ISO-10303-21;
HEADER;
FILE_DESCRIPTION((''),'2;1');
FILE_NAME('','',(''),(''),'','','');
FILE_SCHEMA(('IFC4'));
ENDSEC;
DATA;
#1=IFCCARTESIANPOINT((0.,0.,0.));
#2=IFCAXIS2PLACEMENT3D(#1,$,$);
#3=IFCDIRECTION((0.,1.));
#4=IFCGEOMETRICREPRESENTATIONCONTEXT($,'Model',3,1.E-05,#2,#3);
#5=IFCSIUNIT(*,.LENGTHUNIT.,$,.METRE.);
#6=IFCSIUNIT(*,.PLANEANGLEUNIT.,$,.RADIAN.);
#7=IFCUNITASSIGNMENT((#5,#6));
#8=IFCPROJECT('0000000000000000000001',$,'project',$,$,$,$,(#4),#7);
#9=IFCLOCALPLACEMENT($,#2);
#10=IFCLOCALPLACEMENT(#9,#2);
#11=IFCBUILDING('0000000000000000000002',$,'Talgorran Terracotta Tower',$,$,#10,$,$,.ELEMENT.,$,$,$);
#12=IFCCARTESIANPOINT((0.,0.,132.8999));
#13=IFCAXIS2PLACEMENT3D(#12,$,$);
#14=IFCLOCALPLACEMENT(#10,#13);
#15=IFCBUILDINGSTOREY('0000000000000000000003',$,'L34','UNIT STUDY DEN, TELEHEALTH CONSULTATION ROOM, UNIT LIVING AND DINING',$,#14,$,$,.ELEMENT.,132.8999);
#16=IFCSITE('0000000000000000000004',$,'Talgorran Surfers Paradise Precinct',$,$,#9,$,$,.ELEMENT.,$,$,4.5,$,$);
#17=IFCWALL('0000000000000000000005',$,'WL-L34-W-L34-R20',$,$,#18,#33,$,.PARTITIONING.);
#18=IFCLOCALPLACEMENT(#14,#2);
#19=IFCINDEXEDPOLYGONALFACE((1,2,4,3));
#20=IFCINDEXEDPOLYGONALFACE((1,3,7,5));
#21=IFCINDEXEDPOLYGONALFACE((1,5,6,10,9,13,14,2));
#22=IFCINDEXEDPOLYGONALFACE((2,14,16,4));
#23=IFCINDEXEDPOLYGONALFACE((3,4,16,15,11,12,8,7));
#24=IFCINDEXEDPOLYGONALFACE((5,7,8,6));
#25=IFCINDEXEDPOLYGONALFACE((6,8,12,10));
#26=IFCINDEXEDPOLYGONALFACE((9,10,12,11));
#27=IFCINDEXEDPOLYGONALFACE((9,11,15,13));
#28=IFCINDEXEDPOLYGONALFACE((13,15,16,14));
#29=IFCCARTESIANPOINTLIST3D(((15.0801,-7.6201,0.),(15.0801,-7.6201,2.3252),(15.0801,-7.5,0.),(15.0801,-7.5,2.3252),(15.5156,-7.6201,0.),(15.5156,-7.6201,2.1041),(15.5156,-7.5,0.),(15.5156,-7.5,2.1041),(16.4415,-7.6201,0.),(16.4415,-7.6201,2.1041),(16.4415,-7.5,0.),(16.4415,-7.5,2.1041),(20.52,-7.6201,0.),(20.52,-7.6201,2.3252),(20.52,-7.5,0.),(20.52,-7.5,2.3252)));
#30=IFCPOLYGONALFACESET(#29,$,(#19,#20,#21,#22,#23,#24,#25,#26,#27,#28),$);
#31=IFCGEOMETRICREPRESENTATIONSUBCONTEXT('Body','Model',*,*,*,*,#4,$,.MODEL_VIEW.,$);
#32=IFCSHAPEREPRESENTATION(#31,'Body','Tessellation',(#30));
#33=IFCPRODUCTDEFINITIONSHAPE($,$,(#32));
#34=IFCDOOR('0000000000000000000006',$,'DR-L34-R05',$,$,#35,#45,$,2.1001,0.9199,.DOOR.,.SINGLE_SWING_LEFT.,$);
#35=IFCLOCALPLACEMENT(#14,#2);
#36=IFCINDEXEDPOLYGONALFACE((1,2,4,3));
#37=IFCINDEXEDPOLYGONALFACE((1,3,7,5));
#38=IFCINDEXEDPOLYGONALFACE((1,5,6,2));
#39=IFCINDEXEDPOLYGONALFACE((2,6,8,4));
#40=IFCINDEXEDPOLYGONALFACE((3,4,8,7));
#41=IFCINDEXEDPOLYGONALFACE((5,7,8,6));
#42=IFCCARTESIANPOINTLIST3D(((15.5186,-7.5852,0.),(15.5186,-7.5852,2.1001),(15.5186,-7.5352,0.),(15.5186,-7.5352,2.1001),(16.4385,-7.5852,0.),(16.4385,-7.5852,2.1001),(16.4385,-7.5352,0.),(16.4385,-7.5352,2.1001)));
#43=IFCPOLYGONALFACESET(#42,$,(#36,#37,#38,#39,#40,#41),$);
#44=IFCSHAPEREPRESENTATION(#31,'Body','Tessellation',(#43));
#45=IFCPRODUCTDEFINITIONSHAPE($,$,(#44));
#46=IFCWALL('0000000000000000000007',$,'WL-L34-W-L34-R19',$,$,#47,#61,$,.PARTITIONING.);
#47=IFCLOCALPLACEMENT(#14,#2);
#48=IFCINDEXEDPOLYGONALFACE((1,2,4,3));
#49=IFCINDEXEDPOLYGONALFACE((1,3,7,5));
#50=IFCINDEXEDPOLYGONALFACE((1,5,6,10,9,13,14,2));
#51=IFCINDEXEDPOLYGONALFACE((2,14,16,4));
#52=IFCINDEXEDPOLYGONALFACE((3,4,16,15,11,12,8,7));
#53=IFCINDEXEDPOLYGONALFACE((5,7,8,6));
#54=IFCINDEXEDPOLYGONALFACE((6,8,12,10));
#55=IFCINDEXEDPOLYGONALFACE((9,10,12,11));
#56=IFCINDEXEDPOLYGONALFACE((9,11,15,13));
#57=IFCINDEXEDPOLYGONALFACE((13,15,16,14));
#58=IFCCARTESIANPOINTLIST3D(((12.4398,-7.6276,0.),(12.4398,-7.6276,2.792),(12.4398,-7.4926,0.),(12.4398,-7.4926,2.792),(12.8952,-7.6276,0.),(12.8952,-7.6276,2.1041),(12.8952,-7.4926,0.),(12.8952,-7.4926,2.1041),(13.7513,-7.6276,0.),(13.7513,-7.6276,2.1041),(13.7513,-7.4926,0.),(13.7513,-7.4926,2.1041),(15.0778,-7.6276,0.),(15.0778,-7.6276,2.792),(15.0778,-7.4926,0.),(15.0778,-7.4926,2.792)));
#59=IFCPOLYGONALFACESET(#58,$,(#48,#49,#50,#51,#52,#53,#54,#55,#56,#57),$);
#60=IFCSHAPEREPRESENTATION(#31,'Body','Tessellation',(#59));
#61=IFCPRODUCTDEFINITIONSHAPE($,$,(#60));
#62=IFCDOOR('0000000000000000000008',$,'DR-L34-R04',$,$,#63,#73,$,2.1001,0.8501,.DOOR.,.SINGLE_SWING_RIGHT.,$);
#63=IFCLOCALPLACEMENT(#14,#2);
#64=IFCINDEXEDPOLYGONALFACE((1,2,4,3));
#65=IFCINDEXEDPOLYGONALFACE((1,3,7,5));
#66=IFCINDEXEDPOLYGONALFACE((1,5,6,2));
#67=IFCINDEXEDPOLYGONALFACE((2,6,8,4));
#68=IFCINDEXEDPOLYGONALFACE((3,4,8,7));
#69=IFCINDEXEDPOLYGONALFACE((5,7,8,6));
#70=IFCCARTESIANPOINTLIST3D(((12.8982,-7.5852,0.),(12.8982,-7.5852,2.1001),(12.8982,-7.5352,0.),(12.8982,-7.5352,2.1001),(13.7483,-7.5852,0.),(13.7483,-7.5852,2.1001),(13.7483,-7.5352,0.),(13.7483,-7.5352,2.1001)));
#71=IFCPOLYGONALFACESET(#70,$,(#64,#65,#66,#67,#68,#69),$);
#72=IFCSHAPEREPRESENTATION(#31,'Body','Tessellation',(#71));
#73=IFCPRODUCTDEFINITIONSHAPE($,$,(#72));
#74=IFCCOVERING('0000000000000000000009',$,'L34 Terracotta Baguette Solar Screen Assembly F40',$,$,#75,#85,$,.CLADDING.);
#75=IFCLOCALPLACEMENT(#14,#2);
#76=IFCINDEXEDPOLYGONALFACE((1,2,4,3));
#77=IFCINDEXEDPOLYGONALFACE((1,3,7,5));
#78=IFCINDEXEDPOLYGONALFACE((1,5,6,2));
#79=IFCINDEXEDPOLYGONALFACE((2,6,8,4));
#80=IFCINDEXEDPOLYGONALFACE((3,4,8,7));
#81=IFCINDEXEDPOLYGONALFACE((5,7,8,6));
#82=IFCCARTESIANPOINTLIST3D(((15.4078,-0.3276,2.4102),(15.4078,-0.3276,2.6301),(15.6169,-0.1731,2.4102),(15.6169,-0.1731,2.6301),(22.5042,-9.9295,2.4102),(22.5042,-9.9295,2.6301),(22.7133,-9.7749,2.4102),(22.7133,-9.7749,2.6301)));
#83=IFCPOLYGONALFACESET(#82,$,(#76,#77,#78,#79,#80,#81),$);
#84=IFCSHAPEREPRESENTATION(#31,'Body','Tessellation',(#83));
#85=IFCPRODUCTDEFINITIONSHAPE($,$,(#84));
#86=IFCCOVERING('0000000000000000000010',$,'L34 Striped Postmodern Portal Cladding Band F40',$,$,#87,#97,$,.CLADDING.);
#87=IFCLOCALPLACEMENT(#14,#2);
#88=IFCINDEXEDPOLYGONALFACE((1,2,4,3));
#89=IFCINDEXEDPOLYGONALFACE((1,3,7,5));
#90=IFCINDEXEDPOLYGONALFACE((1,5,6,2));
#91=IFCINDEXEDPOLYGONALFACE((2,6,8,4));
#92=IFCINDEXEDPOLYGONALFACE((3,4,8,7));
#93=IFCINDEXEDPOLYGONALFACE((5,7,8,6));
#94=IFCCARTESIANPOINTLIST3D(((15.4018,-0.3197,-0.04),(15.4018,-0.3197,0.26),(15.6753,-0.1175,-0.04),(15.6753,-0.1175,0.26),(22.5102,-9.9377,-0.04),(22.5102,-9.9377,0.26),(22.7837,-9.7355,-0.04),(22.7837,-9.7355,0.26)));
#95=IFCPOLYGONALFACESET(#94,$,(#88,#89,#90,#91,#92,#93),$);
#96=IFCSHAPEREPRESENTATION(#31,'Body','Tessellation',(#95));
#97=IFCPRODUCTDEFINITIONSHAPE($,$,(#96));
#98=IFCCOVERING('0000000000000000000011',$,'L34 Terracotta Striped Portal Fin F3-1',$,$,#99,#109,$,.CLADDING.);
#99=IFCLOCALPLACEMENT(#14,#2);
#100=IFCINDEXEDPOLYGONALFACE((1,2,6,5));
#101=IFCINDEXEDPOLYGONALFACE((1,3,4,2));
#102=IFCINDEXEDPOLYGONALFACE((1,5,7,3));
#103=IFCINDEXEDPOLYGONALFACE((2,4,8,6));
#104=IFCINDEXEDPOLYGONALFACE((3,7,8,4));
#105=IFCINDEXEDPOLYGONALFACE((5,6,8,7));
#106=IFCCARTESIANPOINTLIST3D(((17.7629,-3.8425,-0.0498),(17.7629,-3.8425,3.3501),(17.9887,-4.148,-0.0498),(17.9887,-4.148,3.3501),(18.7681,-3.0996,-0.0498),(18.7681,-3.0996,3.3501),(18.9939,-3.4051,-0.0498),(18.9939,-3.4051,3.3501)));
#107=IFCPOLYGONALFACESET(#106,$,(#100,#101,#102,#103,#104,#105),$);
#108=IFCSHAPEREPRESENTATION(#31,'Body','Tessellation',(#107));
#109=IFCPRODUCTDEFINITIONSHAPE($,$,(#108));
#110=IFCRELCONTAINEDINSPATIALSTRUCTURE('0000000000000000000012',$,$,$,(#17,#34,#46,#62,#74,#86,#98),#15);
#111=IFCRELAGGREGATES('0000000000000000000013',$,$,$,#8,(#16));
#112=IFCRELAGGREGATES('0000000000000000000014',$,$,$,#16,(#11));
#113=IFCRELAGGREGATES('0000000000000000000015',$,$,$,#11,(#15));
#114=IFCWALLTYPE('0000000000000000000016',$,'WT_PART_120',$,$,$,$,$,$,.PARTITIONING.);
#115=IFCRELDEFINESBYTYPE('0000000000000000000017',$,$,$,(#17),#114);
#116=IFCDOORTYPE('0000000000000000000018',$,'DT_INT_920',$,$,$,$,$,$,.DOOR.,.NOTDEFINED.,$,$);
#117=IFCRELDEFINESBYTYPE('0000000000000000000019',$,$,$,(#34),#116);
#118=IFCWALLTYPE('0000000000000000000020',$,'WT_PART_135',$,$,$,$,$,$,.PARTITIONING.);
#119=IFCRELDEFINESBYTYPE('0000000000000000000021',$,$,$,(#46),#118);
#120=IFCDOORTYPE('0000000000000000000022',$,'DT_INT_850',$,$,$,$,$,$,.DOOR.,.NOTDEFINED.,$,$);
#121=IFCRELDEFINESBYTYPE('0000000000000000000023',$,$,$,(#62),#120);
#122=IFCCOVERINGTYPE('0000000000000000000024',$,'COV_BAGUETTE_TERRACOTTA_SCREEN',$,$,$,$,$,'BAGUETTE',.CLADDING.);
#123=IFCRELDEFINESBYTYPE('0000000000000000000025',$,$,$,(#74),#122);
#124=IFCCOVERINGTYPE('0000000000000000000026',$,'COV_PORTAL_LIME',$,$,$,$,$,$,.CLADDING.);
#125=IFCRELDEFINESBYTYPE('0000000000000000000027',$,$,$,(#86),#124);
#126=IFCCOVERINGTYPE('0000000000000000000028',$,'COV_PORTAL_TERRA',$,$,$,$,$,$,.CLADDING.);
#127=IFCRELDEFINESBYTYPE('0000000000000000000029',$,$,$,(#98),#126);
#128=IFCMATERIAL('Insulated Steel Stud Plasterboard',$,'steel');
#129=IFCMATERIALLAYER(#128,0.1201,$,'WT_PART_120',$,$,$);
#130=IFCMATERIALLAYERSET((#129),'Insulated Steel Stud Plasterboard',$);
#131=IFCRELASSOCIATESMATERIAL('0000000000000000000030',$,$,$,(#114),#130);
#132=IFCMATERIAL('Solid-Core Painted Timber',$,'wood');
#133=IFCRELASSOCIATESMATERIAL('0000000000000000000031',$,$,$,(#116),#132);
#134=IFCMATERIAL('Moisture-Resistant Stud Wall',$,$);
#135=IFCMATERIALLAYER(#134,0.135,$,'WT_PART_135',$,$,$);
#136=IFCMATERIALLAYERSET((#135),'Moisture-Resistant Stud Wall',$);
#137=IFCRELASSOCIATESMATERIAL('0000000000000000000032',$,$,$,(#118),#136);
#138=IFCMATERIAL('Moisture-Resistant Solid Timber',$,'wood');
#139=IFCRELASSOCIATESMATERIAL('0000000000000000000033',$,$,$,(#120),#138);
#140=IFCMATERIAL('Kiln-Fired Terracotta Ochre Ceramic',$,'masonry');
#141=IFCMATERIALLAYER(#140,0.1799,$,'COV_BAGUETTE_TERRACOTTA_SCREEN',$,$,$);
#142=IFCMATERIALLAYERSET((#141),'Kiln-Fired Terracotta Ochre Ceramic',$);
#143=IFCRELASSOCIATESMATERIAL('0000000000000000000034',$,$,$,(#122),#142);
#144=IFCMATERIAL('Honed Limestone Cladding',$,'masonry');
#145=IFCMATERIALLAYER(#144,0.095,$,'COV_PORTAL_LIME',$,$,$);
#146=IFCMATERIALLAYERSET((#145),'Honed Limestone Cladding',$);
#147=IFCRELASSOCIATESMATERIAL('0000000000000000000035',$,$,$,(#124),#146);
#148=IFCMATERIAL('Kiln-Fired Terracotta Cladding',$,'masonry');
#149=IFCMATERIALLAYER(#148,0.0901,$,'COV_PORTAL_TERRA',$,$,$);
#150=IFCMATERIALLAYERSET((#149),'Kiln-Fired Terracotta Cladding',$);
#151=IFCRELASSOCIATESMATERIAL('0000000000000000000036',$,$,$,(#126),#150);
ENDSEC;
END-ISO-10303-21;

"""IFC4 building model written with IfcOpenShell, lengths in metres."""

from ifc_helpers import new_model, si_unit, direction, frame, frame_2d, origin, origin_2d, place, context, subcontext, project, spatial, rectangle, extrude, material, layer, layer_set, type_object, element, fill, save


model = new_model("IFC4")

# Units and contexts
model_context = context("Model", 3, precision=1e-05, world=origin(), true_north=direction((0.0, 1.0)))
body_context = subcontext(model_context, "Body", "Model", "MODEL_VIEW")
ifc_project = project(units=[si_unit("LENGTHUNIT", "METRE"), si_unit("PLANEANGLEUNIT", "RADIAN")], contexts=[model_context])

# Site, building, storey
site_placement = place(None, origin())
site = spatial("IfcSite", under=ifc_project, at=site_placement, Name="Talgorran Surfers Paradise Precinct", CompositionType="ELEMENT", RefElevation=4.5)
building_placement = place(site_placement, origin())
building = spatial("IfcBuilding", under=site, at=building_placement, Name="Talgorran Terracotta Tower", CompositionType="ELEMENT")
storey_placement = place(building_placement, frame((0.0, 0.0, 132.8999)))
storey = spatial("IfcBuildingStorey", under=building, at=storey_placement, Name="L34", Description="UNIT STUDY DEN, TELEHEALTH CONSULTATION ROOM, UNIT LIVING AND DINING", CompositionType="ELEMENT", Elevation=132.8999)

# Shared definitions
ifc_material_1 = material(Name="Moisture-Resistant Solid Timber", Category="wood")

# Walls, openings, doors
ifc_material_2 = material(Name="Insulated Steel Stud Plasterboard", Category="steel")
ifc_layer_1 = layer(ifc_material_2, 0.1201, Name="WT_PART_120")
ifc_layer_set_1 = layer_set([ifc_layer_1], Name="Insulated Steel Stud Plasterboard")
wall_type_1 = type_object("IfcWallType", Name="WT_PART_120", PredefinedType="PARTITIONING", material=ifc_layer_set_1)
wall_1_placement = place(storey_placement, frame((15.0801, -7.5601, 0.0), z_axis=(0.0, 0.0, 1.0), x_axis=(1.0, 0.0, 0.0)))
wall_1 = element("IfcWall", 1, at=wall_1_placement, inside=storey, type_object=wall_type_1, Name="WL-L34-W-L34-R20", PredefinedType="PARTITIONING", context=body_context, shape_type="SweptSolid", body=[
    extrude(rectangle(XDim=5.4399, YDim=0.1201, at=frame_2d((2.72, 0.0))), origin(), (0.0, 0.0, 1.0), 2.3252),
])
opening_1_placement = place(wall_1_placement, frame((0.4385, 0.0, 0.0)))
opening_1 = element("IfcOpeningElement", 2, at=opening_1_placement, cuts=wall_1, PredefinedType="OPENING", context=body_context, shape_type="SweptSolid", body=[
    extrude(rectangle(XDim=0.9259, YDim=2.1041, at=frame_2d((0.46, 1.052))), frame((0.0, 0.0701, 0.0), z_axis=(0.0, -1.0, 0.0), x_axis=(1.0, 0.0, 0.0)), (0.0, 0.0, 1.0), 0.1401),
])
ifc_material_3 = material(Name="Solid-Core Painted Timber", Category="wood")
door_type_1 = type_object("IfcDoorType", Name="DT_INT_920", OperationType="NOTDEFINED", PredefinedType="DOOR", material=ifc_material_3)
door_1_placement = place(opening_1_placement, origin())
door_1 = element("IfcDoor", 3, at=door_1_placement, inside=storey, type_object=door_type_1, Name="DR-L34-R05", OperationType="SINGLE_SWING_LEFT", OverallHeight=2.1001, OverallWidth=0.9199, PredefinedType="DOOR", context=body_context, shape_type="SweptSolid", body=[
    extrude(rectangle(XDim=0.9199, YDim=2.1001, at=frame_2d((0.46, 1.05))), frame((0.0, 0.0249, 0.0), z_axis=(0.0, -1.0, 0.0), x_axis=(1.0, 0.0, 0.0)), (0.0, 0.0, 1.0), 0.05),
])
fill(opening_1, door_1)
ifc_material_4 = material(Name="Moisture-Resistant Stud Wall")
ifc_layer_2 = layer(ifc_material_4, 0.135, Name="WT_PART_135")
ifc_layer_set_2 = layer_set([ifc_layer_2], Name="Moisture-Resistant Stud Wall")
wall_type_2 = type_object("IfcWallType", Name="WT_PART_135", PredefinedType="PARTITIONING", material=ifc_layer_set_2)
wall_2_placement = place(storey_placement, frame((12.4399, -7.5601, 0.0), z_axis=(0.0, 0.0, 1.0), x_axis=(1.0, 0.0, 0.0)))
wall_2 = element("IfcWall", 4, at=wall_2_placement, inside=storey, type_object=wall_type_2, Name="WL-L34-W-L34-R19", PredefinedType="PARTITIONING", context=body_context, shape_type="SweptSolid", body=[
    extrude(rectangle(XDim=2.6379, YDim=0.135, at=frame_2d((1.3188, 0.0))), origin(), (0.0, 0.0, 1.0), 2.792),
])
opening_2_placement = place(wall_2_placement, frame((0.4583, 0.0, 0.0)))
opening_2 = element("IfcOpeningElement", 5, at=opening_2_placement, cuts=wall_2, PredefinedType="OPENING", context=body_context, shape_type="SweptSolid", body=[
    extrude(rectangle(XDim=0.8561, YDim=2.1041, at=frame_2d((0.425, 1.052))), frame((0.0, 0.0776, 0.0), z_axis=(0.0, -1.0, 0.0), x_axis=(1.0, 0.0, 0.0)), (0.0, 0.0, 1.0), 0.155),
])
door_type_2 = type_object("IfcDoorType", Name="DT_INT_850", OperationType="NOTDEFINED", PredefinedType="DOOR", material=ifc_material_1)
door_2_placement = place(opening_2_placement, origin())
door_2 = element("IfcDoor", 6, at=door_2_placement, inside=storey, type_object=door_type_2, Name="DR-L34-R04", OperationType="SINGLE_SWING_RIGHT", OverallHeight=2.1001, OverallWidth=0.8501, PredefinedType="DOOR", context=body_context, shape_type="SweptSolid", body=[
    extrude(rectangle(XDim=0.8501, YDim=2.1001, at=frame_2d((0.425, 1.05))), frame((0.0, 0.0249, 0.0), z_axis=(0.0, -1.0, 0.0), x_axis=(1.0, 0.0, 0.0)), (0.0, 0.0, 1.0), 0.05),
])
fill(opening_2, door_2)

# Coverings
ifc_material_5 = material(Name="Kiln-Fired Terracotta Ochre Ceramic", Category="masonry")
ifc_layer_3 = layer(ifc_material_5, 0.1799, Name="COV_BAGUETTE_TERRACOTTA_SCREEN")
ifc_layer_set_3 = layer_set([ifc_layer_3], Name="Kiln-Fired Terracotta Ochre Ceramic")
covering_type_1 = type_object("IfcCoveringType", Name="COV_BAGUETTE_TERRACOTTA_SCREEN", ElementType="BAGUETTE", PredefinedType="CLADDING", material=ifc_layer_set_3)
covering_1_placement = place(storey_placement, frame((19.0605, -5.0513, 2.4102), z_axis=(0.0, 0.0, 1.0), x_axis=(-0.59436, 0.804199, 0.0)))
element("IfcCovering", 7, at=covering_1_placement, inside=storey, type_object=covering_type_1, Name="L34 Terracotta Baguette Solar Screen Assembly F40", PredefinedType="CLADDING", context=body_context, shape_type="SweptSolid", body=[
    extrude(rectangle(XDim=11.9397, YDim=0.26, at=origin_2d()), origin(), (0.0, 0.0, 1.0), 0.22),
])
ifc_material_6 = material(Name="Honed Limestone Cladding", Category="masonry")
ifc_layer_4 = layer(ifc_material_6, 0.095, Name="COV_PORTAL_LIME")
ifc_layer_set_4 = layer_set([ifc_layer_4], Name="Honed Limestone Cladding")
covering_type_2 = type_object("IfcCoveringType", Name="COV_PORTAL_LIME", PredefinedType="CLADDING", material=ifc_layer_set_4)
covering_2_placement = place(storey_placement, frame((19.0928, -5.0276, -0.04), z_axis=(0.0, 0.0, 1.0), x_axis=(-0.59436, 0.804199, 0.0)))
element("IfcCovering", 8, at=covering_2_placement, inside=storey, type_object=covering_type_2, Name="L34 Striped Postmodern Portal Cladding Band F40", PredefinedType="CLADDING", context=body_context, shape_type="SweptSolid", body=[
    extrude(rectangle(XDim=11.9597, YDim=0.3401, at=origin_2d()), origin(), (0.0, 0.0, 1.0), 0.3),
])
ifc_material_7 = material(Name="Kiln-Fired Terracotta Cladding", Category="masonry")
ifc_layer_5 = layer(ifc_material_7, 0.0901, Name="COV_PORTAL_TERRA")
ifc_layer_set_5 = layer_set([ifc_layer_5], Name="Kiln-Fired Terracotta Cladding")
covering_type_3 = type_object("IfcCoveringType", Name="COV_PORTAL_TERRA", PredefinedType="CLADDING", material=ifc_layer_set_5)
covering_3_placement = place(storey_placement, frame((18.3784, -3.6238, -0.0498), z_axis=(0.0, 0.0, 1.0), x_axis=(-0.59436, 0.804199, 0.0)))
element("IfcCovering", 9, at=covering_3_placement, inside=storey, type_object=covering_type_3, Name="L34 Terracotta Striped Portal Fin F3-1", PredefinedType="CLADDING", context=body_context, shape_type="SweptSolid", body=[
    extrude(rectangle(XDim=0.3799, YDim=1.25, at=origin_2d()), origin(), (0.0, 0.0, 1.0), 3.3999),
])

save(model, "model.ifc")
